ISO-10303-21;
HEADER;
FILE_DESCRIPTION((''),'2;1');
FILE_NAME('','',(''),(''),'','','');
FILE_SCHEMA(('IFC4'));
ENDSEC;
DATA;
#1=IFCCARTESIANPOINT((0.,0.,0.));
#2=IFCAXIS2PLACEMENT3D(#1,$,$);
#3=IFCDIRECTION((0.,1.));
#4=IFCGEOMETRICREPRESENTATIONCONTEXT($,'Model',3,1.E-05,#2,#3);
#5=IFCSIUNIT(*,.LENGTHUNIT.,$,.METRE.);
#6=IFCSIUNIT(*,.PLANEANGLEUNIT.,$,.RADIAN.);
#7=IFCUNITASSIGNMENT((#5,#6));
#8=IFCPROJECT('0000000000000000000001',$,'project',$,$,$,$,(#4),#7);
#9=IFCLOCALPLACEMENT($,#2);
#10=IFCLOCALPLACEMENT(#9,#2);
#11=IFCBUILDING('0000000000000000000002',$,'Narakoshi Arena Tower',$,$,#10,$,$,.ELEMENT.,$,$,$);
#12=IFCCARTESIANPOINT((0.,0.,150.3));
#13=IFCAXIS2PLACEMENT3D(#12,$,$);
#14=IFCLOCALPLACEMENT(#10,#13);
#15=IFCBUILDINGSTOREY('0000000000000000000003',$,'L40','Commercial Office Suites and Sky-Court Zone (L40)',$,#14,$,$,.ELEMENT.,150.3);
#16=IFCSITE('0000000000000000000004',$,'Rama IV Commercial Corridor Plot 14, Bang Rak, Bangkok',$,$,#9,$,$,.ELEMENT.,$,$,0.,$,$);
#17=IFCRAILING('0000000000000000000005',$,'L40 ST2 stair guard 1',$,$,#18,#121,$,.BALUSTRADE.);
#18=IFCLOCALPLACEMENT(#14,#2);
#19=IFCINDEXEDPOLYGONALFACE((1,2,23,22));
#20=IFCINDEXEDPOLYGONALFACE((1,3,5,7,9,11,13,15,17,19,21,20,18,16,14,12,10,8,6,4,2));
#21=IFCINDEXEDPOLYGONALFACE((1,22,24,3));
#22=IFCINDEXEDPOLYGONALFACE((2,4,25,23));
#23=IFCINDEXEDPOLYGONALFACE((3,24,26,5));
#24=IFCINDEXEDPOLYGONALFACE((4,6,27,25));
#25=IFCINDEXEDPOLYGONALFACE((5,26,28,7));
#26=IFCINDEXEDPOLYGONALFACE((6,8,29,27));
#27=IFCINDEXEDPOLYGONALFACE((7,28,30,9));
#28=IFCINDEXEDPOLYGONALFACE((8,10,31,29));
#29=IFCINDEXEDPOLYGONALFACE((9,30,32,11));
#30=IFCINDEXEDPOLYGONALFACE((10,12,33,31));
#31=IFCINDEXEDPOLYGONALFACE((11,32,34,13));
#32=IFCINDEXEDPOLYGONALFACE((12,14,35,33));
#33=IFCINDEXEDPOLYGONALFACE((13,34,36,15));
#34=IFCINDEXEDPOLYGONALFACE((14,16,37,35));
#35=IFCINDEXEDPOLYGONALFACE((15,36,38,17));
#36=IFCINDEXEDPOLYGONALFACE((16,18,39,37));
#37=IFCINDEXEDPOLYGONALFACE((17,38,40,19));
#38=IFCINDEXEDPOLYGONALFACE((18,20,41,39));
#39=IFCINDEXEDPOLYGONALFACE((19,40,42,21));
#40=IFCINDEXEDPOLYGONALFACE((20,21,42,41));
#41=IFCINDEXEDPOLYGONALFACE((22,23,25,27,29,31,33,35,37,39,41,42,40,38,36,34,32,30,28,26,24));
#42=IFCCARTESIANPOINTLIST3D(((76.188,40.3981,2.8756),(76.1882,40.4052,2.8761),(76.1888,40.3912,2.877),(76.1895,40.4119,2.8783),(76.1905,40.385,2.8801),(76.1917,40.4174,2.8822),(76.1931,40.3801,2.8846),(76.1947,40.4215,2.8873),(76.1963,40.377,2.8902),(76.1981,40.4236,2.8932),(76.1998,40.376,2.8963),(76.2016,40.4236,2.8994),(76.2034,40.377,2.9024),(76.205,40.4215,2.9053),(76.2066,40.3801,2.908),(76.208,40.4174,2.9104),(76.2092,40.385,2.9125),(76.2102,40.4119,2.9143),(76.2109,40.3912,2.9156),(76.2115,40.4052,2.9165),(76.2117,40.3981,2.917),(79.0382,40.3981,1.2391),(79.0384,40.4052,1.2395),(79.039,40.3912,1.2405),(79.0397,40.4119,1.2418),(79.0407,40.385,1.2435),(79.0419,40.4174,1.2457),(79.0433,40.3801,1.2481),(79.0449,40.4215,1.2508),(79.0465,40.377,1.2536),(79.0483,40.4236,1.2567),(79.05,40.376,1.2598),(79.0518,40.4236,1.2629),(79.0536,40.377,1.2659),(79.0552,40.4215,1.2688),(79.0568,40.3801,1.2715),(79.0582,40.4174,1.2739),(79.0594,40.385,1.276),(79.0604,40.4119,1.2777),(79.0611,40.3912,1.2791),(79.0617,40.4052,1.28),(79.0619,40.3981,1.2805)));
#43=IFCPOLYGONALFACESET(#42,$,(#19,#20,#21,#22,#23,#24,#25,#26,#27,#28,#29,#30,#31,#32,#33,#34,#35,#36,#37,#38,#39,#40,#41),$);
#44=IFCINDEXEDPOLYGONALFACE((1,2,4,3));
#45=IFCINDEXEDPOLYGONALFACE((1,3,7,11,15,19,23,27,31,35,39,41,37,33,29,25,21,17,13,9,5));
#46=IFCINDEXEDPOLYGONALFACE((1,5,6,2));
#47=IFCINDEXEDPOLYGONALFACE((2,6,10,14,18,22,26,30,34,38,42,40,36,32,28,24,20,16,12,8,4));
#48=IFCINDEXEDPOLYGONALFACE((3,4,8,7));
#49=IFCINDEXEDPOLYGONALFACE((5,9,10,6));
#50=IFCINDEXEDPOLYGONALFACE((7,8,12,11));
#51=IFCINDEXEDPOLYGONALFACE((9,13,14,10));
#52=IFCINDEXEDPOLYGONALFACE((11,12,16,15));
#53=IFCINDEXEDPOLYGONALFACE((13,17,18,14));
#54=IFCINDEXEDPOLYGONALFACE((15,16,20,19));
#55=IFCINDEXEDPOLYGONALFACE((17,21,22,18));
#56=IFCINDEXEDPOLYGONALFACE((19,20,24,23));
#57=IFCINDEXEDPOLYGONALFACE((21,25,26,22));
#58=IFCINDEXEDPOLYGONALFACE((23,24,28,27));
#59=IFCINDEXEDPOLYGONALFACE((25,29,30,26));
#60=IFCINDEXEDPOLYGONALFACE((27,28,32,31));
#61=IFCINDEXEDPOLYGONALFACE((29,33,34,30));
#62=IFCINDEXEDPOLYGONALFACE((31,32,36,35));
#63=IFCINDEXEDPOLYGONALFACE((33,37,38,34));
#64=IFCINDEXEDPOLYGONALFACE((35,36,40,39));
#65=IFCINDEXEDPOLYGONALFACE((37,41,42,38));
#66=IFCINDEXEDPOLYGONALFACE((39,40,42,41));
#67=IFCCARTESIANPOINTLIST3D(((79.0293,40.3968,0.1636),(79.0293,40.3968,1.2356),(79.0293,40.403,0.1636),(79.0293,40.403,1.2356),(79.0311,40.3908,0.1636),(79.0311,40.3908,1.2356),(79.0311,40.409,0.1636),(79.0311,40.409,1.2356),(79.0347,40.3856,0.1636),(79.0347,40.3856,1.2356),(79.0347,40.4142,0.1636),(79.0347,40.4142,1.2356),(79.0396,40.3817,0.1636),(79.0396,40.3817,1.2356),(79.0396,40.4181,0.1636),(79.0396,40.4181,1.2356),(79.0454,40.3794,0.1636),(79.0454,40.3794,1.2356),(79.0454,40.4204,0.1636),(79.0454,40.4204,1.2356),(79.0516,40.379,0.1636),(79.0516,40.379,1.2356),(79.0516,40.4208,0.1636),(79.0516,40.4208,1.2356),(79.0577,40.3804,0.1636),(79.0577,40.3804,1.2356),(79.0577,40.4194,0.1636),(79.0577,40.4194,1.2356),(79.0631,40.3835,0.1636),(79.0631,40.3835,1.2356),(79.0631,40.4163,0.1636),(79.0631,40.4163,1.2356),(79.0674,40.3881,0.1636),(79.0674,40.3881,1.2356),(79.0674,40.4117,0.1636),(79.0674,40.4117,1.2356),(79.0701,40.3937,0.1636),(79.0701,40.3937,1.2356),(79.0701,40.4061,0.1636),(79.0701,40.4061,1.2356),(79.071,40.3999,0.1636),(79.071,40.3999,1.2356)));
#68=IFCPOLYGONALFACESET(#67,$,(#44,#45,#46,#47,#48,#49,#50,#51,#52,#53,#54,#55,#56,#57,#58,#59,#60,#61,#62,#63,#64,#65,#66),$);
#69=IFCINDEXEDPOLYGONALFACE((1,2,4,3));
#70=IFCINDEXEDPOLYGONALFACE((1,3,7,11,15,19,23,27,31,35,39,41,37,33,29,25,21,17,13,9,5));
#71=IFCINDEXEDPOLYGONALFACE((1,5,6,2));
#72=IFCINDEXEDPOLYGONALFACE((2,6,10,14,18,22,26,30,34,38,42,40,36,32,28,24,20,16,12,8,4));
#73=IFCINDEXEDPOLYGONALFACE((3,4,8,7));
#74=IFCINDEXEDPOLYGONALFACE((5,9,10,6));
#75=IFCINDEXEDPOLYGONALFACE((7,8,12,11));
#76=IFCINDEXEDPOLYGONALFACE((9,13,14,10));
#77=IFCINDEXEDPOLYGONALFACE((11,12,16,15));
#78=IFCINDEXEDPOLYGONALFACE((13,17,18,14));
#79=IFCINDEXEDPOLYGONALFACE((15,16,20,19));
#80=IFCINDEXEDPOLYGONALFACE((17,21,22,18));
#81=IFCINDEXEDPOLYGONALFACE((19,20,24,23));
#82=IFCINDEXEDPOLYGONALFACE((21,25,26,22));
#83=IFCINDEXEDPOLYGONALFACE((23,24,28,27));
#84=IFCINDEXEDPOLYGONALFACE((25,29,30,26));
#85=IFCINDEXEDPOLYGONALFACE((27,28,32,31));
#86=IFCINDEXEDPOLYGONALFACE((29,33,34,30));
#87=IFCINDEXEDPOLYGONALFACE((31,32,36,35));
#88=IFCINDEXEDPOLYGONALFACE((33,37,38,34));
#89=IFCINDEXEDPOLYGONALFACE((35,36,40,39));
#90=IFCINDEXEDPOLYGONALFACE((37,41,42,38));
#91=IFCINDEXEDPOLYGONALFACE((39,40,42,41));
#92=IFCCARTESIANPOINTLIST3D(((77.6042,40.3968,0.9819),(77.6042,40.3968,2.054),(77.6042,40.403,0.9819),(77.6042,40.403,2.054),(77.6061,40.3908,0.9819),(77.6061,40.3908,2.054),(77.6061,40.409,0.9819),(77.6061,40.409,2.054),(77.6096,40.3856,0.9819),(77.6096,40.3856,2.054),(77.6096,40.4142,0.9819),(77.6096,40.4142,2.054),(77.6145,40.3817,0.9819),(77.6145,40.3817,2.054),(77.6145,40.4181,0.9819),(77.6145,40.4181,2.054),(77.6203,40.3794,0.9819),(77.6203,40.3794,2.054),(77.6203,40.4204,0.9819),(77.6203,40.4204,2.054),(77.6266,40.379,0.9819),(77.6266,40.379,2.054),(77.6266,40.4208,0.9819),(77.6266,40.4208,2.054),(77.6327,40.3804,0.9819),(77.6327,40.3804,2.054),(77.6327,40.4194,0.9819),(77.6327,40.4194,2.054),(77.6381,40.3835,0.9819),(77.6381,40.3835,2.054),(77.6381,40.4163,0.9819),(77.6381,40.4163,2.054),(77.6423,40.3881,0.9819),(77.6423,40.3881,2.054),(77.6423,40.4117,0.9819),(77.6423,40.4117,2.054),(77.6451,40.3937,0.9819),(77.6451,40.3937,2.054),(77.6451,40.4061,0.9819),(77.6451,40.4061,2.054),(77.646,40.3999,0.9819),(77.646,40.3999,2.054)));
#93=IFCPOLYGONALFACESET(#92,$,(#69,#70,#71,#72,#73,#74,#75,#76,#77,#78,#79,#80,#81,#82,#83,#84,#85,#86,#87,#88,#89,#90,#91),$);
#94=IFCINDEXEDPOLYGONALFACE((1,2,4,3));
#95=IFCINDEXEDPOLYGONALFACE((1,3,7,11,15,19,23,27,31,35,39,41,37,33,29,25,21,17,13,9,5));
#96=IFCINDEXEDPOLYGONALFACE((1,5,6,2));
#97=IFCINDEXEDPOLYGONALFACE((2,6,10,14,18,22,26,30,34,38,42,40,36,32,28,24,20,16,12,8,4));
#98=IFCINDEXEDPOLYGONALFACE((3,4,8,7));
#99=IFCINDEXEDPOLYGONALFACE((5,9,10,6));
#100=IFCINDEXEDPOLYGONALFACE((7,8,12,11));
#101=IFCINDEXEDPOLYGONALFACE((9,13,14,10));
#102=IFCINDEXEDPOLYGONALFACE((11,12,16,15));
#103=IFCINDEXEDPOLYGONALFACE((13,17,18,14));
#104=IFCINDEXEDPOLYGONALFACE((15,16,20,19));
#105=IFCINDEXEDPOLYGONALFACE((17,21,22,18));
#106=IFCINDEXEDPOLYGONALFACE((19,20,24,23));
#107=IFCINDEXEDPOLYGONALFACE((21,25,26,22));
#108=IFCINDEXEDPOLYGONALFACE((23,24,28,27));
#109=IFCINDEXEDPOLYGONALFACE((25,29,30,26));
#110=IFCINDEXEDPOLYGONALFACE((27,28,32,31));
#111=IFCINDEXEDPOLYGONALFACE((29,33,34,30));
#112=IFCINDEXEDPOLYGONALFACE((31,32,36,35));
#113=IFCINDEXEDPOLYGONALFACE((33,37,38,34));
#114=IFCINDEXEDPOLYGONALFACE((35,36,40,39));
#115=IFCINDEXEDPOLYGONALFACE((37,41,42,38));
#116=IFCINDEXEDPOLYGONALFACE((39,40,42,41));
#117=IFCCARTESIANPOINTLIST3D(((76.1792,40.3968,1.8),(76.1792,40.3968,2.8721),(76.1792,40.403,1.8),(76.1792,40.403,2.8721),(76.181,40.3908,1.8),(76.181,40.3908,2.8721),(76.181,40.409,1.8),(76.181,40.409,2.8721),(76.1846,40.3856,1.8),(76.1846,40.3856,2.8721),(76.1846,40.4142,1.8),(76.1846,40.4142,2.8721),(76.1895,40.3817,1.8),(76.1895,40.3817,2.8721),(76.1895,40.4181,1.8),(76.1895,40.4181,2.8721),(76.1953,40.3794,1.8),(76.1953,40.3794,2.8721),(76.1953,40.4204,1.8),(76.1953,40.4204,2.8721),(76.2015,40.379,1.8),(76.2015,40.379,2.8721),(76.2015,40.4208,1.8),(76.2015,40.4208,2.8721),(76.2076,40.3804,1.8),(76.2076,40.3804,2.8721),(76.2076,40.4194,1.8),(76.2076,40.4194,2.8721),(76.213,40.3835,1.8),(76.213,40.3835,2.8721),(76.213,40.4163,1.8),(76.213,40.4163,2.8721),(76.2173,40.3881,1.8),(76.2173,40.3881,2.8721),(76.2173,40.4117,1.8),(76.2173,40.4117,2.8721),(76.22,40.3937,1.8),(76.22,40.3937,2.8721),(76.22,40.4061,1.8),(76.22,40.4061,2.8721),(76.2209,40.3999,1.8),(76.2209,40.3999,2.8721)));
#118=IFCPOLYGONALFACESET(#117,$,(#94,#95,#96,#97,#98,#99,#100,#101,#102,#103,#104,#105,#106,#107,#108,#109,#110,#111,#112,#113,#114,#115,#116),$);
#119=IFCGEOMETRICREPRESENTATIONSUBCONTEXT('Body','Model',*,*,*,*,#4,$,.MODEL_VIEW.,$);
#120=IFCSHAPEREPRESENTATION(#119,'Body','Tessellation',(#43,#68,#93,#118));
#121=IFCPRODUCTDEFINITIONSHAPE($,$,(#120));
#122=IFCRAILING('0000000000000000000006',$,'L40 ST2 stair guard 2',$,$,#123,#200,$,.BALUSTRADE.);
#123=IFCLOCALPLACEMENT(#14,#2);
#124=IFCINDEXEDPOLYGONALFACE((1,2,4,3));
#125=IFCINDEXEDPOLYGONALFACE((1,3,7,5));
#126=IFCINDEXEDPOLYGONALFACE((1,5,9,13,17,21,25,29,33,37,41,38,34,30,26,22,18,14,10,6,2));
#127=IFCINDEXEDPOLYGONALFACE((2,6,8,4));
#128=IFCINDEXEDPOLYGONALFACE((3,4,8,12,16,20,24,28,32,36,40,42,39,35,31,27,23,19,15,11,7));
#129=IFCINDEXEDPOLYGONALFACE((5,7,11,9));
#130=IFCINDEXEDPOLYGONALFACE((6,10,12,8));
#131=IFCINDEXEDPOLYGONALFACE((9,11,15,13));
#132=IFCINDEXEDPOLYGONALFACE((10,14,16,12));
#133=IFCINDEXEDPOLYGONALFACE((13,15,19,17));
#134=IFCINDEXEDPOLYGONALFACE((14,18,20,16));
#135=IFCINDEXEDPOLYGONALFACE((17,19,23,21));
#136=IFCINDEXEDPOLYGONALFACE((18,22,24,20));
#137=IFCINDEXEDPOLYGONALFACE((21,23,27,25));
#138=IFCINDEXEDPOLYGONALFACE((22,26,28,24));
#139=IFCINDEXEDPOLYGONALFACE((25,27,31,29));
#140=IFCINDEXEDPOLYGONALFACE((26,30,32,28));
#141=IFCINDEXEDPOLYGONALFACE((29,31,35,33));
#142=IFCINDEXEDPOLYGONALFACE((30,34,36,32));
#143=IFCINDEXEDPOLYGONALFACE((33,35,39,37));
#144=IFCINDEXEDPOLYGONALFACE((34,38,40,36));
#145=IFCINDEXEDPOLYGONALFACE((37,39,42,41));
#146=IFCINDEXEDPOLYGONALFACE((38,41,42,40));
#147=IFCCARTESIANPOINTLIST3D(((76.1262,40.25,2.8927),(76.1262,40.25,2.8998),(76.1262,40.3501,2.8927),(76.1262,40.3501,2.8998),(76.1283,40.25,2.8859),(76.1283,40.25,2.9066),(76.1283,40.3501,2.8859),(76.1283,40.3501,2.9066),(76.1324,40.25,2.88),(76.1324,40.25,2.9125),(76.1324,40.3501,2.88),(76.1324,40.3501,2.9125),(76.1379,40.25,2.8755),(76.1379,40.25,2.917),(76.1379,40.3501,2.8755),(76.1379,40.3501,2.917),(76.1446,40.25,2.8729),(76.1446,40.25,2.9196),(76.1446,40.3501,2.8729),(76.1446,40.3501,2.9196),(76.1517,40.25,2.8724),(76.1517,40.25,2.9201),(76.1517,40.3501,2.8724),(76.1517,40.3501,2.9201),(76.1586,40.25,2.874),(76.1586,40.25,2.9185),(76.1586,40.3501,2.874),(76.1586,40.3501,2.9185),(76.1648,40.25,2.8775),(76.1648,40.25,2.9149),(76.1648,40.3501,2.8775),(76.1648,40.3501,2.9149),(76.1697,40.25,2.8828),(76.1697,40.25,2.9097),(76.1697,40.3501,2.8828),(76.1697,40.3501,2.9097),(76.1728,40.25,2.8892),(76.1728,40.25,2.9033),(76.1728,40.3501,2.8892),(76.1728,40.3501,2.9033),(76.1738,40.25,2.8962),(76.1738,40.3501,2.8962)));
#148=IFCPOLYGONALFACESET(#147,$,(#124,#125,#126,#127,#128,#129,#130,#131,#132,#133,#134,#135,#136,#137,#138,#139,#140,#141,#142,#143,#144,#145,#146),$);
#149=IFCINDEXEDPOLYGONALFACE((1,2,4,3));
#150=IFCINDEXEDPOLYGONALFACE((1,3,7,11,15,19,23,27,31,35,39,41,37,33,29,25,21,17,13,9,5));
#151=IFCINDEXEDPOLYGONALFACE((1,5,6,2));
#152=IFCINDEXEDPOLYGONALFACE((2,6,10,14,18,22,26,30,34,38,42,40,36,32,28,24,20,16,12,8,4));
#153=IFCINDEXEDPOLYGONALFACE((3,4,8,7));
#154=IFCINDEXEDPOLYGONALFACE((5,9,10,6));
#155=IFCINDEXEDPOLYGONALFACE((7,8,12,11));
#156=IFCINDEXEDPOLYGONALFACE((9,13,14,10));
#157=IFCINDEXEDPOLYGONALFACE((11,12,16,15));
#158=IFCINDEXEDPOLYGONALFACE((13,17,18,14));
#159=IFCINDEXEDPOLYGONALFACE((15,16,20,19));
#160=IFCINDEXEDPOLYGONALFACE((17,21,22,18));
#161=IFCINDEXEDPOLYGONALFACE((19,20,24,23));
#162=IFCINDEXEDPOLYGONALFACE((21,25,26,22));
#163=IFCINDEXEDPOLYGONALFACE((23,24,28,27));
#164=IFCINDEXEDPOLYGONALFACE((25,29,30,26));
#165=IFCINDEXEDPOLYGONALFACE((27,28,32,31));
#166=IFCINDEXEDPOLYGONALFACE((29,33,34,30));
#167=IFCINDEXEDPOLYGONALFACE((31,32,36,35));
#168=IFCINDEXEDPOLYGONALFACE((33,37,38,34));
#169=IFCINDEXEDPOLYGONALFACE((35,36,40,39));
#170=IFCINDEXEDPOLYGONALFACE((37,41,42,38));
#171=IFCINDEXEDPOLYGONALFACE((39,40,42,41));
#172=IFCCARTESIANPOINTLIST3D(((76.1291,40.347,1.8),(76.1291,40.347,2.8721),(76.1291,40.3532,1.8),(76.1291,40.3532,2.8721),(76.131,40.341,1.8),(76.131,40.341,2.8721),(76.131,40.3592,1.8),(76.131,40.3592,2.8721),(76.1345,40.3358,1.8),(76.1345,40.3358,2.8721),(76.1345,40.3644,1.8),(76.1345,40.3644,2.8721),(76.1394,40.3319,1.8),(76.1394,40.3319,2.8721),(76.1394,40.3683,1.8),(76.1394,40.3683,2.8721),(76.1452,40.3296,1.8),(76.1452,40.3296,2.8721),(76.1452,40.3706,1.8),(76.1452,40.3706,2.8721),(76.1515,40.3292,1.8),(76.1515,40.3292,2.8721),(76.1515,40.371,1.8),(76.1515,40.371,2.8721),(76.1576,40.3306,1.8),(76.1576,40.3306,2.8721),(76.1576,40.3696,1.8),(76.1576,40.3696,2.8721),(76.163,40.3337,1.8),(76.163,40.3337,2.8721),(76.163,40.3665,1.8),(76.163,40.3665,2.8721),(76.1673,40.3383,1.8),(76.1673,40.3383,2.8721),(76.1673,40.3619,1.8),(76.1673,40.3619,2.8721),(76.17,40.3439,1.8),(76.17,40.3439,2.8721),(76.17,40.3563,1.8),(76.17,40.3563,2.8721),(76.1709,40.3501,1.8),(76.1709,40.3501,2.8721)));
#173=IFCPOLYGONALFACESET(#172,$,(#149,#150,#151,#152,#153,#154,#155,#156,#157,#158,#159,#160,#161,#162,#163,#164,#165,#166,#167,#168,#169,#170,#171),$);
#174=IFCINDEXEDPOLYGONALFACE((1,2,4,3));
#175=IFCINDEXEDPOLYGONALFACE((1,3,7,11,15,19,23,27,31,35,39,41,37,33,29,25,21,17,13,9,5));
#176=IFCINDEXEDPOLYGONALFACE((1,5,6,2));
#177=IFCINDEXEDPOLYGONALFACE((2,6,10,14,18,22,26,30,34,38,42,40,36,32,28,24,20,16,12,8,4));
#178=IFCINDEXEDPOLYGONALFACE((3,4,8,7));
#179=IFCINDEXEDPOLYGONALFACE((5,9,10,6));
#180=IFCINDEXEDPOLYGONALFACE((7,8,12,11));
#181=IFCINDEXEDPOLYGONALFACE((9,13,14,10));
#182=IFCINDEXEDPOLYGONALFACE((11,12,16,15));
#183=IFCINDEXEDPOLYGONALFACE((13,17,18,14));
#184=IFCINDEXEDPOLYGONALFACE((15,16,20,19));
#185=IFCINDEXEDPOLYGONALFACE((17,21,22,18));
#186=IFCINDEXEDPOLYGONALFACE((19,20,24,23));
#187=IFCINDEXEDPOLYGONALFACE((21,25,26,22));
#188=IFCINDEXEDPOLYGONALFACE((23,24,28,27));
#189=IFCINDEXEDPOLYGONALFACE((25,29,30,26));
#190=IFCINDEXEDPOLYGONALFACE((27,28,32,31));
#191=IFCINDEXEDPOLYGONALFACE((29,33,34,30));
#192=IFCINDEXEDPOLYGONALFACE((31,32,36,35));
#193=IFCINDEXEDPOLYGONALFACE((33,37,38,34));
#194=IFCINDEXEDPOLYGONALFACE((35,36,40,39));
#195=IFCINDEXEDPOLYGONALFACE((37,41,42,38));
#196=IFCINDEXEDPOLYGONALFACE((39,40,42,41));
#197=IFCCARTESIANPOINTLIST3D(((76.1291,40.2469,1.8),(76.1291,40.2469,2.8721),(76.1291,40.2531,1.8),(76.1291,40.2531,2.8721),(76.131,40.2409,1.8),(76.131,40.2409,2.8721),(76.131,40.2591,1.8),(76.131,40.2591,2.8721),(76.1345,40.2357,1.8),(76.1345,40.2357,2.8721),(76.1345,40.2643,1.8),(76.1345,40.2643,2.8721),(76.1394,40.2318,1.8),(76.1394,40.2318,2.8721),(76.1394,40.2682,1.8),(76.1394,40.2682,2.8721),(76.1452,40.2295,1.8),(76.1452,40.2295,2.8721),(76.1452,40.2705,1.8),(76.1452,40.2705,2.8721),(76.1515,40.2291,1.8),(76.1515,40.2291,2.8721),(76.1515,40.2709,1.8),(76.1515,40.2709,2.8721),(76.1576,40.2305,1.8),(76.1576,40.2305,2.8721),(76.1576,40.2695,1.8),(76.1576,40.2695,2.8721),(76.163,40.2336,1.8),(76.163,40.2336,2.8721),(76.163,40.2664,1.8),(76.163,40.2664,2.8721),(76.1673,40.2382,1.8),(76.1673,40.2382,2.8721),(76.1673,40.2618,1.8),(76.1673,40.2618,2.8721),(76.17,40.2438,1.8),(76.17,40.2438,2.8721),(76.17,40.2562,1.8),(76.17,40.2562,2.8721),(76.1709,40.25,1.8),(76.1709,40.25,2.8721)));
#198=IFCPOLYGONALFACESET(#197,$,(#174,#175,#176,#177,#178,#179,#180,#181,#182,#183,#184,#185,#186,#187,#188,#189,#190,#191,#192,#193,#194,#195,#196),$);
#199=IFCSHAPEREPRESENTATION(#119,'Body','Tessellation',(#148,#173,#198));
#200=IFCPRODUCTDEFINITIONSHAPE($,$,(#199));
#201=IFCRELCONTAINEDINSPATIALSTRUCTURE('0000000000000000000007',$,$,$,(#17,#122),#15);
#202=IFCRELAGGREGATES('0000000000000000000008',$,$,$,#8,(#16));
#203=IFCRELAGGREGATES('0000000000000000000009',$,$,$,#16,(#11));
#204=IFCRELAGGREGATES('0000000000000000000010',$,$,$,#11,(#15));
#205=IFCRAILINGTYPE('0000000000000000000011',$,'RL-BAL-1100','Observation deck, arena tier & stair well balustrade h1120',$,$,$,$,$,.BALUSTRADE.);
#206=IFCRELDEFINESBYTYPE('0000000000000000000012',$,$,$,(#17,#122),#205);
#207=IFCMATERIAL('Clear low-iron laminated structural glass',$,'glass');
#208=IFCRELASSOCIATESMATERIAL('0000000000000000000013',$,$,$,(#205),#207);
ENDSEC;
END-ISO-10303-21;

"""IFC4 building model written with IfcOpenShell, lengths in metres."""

from ifc_helpers import new_model, si_unit, direction, frame, origin, origin_2d, place, context, subcontext, project, spatial, circle, extrude, material, type_object, element, save


model = new_model("IFC4")

# Units and contexts
model_context = context("Model", 3, precision=1e-05, world=origin(), true_north=direction((0.0, 1.0)))
body_context = subcontext(model_context, "Body", "Model", "MODEL_VIEW")
ifc_project = project(units=[si_unit("LENGTHUNIT", "METRE"), si_unit("PLANEANGLEUNIT", "RADIAN")], contexts=[model_context])

# Site, building, storey
site_placement = place(None, origin())
site = spatial("IfcSite", under=ifc_project, at=site_placement, Name="Rama IV Commercial Corridor Plot 14, Bang Rak, Bangkok", CompositionType="ELEMENT", RefElevation=0.0)
building_placement = place(site_placement, origin())
building = spatial("IfcBuilding", under=site, at=building_placement, Name="Narakoshi Arena Tower", CompositionType="ELEMENT")
storey_placement = place(building_placement, frame((0.0, 0.0, 150.3)))
storey = spatial("IfcBuildingStorey", under=building, at=storey_placement, Name="L40", Description="Commercial Office Suites and Sky-Court Zone (L40)", CompositionType="ELEMENT", Elevation=150.3)

# Railings
ifc_material_1 = material(Name="Clear low-iron laminated structural glass", Category="glass")
railing_type_1 = type_object("IfcRailingType", Name="RL-BAL-1100", Description="Observation deck, arena tier & stair well balustrade h1120", PredefinedType="BALUSTRADE", material=ifc_material_1)
railing_1_placement = place(storey_placement, frame((79.05, 40.3999, 0.1636)))
element("IfcRailing", 1, at=railing_1_placement, inside=storey, type_object=railing_type_1, Name="L40 ST2 stair guard 1", PredefinedType="BALUSTRADE", context=body_context, shape_type="SweptSolid", body=[
    extrude(circle(Radius=0.0239, at=origin_2d()), frame((0.0, 0.0, 1.0962), z_axis=(-0.867213, 0.0, 0.497938), x_axis=(0.0, -1.0, 0.0)), (0.0, 0.0, 1.0), 3.2866),
    extrude(circle(Radius=0.021, at=origin_2d()), origin(), (0.0, 0.0, 1.0), 1.072),
    extrude(circle(Radius=0.021, at=origin_2d()), frame((-1.425, 0.0, 0.8184)), (0.0, 0.0, 1.0), 1.072),
    extrude(circle(Radius=0.021, at=origin_2d()), frame((-2.8501, 0.0, 1.6365)), (0.0, 0.0, 1.0), 1.072),
])
railing_2_placement = place(storey_placement, frame((76.1499, 40.3501, 1.8)))
element("IfcRailing", 2, at=railing_2_placement, inside=storey, type_object=railing_type_1, Name="L40 ST2 stair guard 2", PredefinedType="BALUSTRADE", context=body_context, shape_type="SweptSolid", body=[
    extrude(circle(Radius=0.0239, at=origin_2d()), frame((0.0, 0.0, 1.0962), z_axis=(0.0, -1.0, 0.0), x_axis=(1.0, 0.0, 0.0)), (0.0, 0.0, 1.0), 0.1001),
    extrude(circle(Radius=0.021, at=origin_2d()), origin(), (0.0, 0.0, 1.0), 1.072),
    extrude(circle(Radius=0.021, at=origin_2d()), frame((0.0, -0.1001, 0.0)), (0.0, 0.0, 1.0), 1.072),
])

save(model, "model.ifc")
